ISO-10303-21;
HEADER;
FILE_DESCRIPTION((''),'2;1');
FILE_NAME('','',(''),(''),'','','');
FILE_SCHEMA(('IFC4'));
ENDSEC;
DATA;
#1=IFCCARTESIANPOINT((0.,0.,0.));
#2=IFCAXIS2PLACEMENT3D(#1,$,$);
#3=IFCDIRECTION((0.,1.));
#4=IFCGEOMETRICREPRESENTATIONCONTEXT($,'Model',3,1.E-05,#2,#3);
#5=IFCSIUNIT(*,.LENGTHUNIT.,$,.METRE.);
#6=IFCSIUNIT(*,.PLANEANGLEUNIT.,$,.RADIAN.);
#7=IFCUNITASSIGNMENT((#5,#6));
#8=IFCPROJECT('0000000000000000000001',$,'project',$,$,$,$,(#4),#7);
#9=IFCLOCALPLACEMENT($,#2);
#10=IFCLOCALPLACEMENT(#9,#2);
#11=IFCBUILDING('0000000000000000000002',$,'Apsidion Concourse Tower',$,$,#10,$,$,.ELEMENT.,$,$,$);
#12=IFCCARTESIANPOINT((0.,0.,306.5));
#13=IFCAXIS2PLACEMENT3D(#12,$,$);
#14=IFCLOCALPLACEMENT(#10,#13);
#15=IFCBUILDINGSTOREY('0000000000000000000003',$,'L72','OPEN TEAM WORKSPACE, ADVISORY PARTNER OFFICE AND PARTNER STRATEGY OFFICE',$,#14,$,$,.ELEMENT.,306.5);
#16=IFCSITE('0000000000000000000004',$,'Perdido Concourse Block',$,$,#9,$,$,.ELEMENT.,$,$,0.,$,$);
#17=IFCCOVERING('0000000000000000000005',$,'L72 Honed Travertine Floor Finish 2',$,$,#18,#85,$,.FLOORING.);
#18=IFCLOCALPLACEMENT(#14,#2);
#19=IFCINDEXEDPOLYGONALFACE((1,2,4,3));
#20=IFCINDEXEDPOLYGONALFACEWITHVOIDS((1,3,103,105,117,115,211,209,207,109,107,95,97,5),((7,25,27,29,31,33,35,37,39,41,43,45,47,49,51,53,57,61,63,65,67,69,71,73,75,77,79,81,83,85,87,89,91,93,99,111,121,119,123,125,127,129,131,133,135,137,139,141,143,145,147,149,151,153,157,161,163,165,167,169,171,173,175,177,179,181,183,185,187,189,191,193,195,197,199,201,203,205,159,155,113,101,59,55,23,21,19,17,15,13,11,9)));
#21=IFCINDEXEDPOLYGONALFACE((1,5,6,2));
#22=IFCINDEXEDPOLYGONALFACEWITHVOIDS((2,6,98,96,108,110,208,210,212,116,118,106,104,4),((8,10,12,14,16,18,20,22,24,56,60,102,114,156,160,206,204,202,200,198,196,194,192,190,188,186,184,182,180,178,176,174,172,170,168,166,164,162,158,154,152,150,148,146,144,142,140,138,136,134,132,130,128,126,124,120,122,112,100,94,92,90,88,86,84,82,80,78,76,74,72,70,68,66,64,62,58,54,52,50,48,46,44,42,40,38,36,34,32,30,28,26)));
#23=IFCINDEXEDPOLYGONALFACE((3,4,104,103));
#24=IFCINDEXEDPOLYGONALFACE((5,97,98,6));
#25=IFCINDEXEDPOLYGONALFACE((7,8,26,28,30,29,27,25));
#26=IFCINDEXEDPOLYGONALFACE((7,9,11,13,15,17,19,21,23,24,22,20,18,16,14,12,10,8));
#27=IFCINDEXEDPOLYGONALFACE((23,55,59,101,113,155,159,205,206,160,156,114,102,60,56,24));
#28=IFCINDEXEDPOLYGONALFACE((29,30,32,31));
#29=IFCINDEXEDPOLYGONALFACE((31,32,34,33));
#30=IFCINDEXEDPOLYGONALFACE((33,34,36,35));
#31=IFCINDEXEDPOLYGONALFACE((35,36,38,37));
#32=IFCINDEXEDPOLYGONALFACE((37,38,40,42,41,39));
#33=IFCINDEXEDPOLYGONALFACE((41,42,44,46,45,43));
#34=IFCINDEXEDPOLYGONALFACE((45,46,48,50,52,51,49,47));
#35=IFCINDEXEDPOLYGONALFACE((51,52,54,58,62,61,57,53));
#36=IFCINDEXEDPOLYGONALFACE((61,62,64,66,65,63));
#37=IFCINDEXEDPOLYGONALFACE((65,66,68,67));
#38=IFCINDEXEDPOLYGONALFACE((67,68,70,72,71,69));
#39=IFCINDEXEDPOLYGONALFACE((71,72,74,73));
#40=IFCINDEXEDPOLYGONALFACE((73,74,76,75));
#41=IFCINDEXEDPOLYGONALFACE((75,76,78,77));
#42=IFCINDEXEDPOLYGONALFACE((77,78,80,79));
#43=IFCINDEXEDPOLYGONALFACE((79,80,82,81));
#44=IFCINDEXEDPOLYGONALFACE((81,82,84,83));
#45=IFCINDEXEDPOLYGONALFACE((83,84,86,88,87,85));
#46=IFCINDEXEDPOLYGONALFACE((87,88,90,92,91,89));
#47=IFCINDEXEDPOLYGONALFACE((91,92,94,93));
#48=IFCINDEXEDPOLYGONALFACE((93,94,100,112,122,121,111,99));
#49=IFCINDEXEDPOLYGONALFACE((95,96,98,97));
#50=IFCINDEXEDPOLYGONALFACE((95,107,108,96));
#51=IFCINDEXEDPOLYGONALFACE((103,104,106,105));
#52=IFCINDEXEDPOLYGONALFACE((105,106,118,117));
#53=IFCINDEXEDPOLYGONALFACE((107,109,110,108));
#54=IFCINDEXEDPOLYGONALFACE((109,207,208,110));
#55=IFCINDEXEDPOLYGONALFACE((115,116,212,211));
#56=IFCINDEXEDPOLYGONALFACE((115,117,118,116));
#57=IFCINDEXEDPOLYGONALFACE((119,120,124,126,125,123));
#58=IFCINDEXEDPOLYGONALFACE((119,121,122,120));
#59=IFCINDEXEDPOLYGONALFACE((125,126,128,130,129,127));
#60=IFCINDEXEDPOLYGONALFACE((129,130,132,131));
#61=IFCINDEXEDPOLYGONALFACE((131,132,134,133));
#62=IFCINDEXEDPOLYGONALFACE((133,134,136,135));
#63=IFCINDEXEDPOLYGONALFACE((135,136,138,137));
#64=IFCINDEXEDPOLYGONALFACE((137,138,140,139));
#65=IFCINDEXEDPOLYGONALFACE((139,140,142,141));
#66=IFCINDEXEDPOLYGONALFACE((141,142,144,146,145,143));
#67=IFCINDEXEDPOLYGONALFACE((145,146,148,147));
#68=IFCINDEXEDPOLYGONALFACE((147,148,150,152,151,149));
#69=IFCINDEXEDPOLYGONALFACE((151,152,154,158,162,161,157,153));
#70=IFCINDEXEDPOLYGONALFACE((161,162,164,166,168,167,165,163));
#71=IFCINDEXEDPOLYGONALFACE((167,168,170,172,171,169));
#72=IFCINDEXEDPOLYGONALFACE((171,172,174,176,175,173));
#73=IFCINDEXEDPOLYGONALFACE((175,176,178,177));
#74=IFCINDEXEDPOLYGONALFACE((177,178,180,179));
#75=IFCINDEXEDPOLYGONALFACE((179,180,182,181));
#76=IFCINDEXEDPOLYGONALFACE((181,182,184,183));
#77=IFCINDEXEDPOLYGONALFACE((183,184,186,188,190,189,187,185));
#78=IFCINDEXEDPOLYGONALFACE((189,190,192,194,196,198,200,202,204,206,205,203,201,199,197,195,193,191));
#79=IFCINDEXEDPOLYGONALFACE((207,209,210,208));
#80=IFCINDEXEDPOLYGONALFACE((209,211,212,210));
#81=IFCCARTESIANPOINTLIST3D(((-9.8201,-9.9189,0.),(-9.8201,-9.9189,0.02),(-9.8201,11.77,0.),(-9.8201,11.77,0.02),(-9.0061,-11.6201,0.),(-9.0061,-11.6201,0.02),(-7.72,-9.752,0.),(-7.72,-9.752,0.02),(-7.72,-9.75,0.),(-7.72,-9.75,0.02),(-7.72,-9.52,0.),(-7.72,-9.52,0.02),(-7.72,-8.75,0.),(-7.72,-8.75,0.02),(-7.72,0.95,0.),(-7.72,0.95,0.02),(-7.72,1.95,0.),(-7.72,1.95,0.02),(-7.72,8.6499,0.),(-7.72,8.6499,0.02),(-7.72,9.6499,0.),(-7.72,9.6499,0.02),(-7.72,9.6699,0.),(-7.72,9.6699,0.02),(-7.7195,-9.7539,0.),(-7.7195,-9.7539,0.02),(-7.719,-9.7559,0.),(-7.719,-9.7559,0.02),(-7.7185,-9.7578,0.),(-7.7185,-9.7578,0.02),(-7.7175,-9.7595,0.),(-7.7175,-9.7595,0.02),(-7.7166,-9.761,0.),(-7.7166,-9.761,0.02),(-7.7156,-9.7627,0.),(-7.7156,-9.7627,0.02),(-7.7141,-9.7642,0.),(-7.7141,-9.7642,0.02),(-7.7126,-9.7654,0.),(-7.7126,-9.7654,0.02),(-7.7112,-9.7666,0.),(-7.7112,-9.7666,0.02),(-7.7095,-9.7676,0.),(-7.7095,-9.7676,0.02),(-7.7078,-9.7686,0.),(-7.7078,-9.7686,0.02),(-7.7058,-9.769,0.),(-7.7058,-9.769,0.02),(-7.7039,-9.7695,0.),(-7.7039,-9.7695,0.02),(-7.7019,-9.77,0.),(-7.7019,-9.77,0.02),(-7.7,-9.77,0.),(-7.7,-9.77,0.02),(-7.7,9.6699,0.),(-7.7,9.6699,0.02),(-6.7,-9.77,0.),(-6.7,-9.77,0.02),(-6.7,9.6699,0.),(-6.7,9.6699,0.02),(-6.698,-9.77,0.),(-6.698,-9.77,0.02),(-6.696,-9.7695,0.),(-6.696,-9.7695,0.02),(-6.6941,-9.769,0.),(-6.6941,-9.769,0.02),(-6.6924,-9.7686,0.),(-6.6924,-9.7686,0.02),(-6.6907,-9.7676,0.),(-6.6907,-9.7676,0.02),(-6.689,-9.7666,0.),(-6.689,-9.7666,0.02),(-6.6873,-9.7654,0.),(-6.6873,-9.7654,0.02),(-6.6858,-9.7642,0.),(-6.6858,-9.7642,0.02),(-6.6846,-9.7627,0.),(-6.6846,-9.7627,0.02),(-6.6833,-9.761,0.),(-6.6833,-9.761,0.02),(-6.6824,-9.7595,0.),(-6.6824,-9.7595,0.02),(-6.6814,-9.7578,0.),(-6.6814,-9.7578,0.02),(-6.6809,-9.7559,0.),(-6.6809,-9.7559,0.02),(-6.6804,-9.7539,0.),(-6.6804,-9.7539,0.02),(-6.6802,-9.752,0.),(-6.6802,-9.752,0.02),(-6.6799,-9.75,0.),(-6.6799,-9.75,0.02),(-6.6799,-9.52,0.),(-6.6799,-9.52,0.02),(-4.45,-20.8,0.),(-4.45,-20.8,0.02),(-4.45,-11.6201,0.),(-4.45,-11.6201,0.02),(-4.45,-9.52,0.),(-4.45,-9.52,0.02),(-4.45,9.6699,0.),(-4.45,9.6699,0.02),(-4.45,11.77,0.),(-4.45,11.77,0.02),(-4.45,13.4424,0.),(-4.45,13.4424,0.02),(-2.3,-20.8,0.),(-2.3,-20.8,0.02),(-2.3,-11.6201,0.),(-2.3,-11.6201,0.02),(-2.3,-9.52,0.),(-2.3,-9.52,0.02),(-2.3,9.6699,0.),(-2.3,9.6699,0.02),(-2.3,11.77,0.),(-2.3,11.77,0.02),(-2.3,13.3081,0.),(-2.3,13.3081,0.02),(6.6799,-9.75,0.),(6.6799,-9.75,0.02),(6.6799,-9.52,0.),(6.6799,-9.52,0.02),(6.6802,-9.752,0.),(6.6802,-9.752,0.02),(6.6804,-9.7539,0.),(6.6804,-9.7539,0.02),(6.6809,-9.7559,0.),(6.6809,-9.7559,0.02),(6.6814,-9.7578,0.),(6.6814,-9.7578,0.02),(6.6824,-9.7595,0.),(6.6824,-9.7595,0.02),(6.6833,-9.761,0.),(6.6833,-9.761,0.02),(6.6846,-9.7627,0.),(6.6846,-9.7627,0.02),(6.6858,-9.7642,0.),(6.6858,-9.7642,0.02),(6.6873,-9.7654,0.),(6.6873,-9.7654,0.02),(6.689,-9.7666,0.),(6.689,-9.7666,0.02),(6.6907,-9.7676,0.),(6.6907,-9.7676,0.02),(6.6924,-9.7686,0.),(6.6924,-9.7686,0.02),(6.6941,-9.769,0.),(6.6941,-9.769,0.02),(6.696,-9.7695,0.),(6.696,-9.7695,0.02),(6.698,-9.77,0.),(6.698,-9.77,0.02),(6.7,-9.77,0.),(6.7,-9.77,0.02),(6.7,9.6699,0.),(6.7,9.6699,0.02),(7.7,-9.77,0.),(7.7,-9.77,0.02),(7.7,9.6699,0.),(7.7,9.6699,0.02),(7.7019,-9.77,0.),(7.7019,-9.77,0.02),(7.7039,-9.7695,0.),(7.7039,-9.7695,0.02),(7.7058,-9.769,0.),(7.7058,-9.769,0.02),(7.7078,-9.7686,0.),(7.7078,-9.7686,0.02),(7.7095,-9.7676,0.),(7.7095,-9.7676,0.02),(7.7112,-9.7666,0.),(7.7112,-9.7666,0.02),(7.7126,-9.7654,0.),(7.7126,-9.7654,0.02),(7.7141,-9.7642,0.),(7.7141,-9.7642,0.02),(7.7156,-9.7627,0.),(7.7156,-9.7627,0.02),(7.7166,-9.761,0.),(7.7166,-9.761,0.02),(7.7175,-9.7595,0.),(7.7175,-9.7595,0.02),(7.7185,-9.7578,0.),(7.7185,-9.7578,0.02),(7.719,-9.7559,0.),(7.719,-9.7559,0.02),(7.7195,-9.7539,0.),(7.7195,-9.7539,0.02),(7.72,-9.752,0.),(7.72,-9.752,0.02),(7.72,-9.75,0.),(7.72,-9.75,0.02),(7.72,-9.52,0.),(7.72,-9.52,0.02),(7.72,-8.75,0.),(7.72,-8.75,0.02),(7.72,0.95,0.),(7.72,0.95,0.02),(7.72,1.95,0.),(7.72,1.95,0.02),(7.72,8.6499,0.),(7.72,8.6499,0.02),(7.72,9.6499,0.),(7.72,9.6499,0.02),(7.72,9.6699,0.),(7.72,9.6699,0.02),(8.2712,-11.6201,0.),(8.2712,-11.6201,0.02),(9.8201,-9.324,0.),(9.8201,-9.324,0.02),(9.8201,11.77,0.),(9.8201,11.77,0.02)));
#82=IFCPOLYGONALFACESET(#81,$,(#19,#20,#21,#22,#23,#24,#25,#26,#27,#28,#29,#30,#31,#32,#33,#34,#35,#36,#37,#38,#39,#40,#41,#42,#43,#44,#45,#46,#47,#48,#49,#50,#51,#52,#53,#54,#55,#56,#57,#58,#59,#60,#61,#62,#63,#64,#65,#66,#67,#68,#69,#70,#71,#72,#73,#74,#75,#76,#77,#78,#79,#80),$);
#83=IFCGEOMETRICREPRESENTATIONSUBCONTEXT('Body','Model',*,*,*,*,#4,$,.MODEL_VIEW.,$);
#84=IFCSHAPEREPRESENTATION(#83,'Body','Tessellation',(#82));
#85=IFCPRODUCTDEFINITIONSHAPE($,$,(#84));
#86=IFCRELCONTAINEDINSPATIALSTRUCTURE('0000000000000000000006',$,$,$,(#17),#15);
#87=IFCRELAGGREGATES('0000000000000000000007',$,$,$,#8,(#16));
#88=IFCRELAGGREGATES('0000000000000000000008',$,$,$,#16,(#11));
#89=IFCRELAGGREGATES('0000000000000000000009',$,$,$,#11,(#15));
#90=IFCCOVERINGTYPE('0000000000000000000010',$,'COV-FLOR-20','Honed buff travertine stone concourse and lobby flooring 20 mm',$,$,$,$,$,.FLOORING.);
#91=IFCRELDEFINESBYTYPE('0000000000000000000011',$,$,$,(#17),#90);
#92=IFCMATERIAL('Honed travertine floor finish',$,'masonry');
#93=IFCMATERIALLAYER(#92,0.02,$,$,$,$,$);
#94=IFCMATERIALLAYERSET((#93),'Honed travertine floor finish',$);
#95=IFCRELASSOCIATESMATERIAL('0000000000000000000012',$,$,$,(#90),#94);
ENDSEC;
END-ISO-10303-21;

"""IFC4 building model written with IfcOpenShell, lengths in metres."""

from ifc_helpers import new_model, si_unit, direction, frame, origin, place, context, subcontext, project, spatial, polyline, outline, extrude, material, layer, layer_set, type_object, element, save


model = new_model("IFC4")

# Units and contexts
model_context = context("Model", 3, precision=1e-05, world=origin(), true_north=direction((0.0, 1.0)))
body_context = subcontext(model_context, "Body", "Model", "MODEL_VIEW")
ifc_project = project(units=[si_unit("LENGTHUNIT", "METRE"), si_unit("PLANEANGLEUNIT", "RADIAN")], contexts=[model_context])

# Site, building, storey
site_placement = place(None, origin())
site = spatial("IfcSite", under=ifc_project, at=site_placement, Name="Perdido Concourse Block", CompositionType="ELEMENT", RefElevation=0.0)
building_placement = place(site_placement, origin())
building = spatial("IfcBuilding", under=site, at=building_placement, Name="Apsidion Concourse Tower", CompositionType="ELEMENT")
storey_placement = place(building_placement, frame((0.0, 0.0, 306.5)))
storey = spatial("IfcBuildingStorey", under=building, at=storey_placement, Name="L72", Description="OPEN TEAM WORKSPACE, ADVISORY PARTNER OFFICE AND PARTNER STRATEGY OFFICE", CompositionType="ELEMENT", Elevation=306.5)

# Covering
ifc_material_1 = material(Name="Honed travertine floor finish", Category="masonry")
ifc_layer_1 = layer(ifc_material_1, 0.02)
ifc_layer_set_1 = layer_set([ifc_layer_1], Name="Honed travertine floor finish")
covering_type_1 = type_object("IfcCoveringType", Name="COV-FLOR-20", Description="Honed buff travertine stone concourse and lobby flooring 20 mm", PredefinedType="FLOORING", material=ifc_layer_set_1)
covering_1_placement = place(storey_placement, origin())
element("IfcCovering", 1, at=covering_1_placement, inside=storey, type_object=covering_type_1, Name="L72 Honed Travertine Floor Finish 2", PredefinedType="FLOORING", context=body_context, shape_type="SweptSolid", body=[
    extrude(outline(polyline([(-9.0061, -11.6201), (-9.8201, -9.9189), (-9.8201, 11.77), (-4.45, 11.77), (-4.45, 13.4424), (-2.3, 13.3081), (-2.3, 11.77), (9.8201, 11.77), (9.8201, -9.324), (8.2712, -11.6201), (-2.3, -11.6201), (-2.3, -20.8), (-4.45, -20.8), (-4.45, -11.6201), (-9.0061, -11.6201)]), holes=[polyline([(7.7, 9.6699), (6.7, 9.6699), (-2.3, 9.6699), (-4.45, 9.6699), (-6.7, 9.6699), (-7.7, 9.6699), (-7.72, 9.6699), (-7.72, 9.6499), (-7.72, 8.6499), (-7.72, 1.95), (-7.72, 0.95), (-7.72, -8.75), (-7.72, -9.52), (-7.72, -9.75), (-7.72, -9.752), (-7.7195, -9.7539), (-7.719, -9.7559), (-7.7185, -9.7578), (-7.7175, -9.7595), (-7.7166, -9.761), (-7.7156, -9.7627), (-7.7141, -9.7642), (-7.7126, -9.7654), (-7.7112, -9.7666), (-7.7095, -9.7676), (-7.7078, -9.7686), (-7.7058, -9.769), (-7.7039, -9.7695), (-7.7019, -9.77), (-7.7, -9.77), (-6.7, -9.77), (-6.698, -9.77), (-6.696, -9.7695), (-6.6941, -9.769), (-6.6924, -9.7686), (-6.6907, -9.7676), (-6.689, -9.7666), (-6.6873, -9.7654), (-6.6858, -9.7642), (-6.6846, -9.7627), (-6.6833, -9.761), (-6.6824, -9.7595), (-6.6814, -9.7578), (-6.6809, -9.7559), (-6.6804, -9.7539), (-6.6802, -9.752), (-6.6799, -9.75), (-6.6799, -9.52), (-4.45, -9.52), (-2.3, -9.52), (6.6799, -9.52), (6.6799, -9.75), (6.6802, -9.752), (6.6804, -9.7539), (6.6809, -9.7559), (6.6814, -9.7578), (6.6824, -9.7595), (6.6833, -9.761), (6.6846, -9.7627), (6.6858, -9.7642), (6.6873, -9.7654), (6.689, -9.7666), (6.6907, -9.7676), (6.6924, -9.7686), (6.6941, -9.769), (6.696, -9.7695), (6.698, -9.77), (6.7, -9.77), (7.7, -9.77), (7.7019, -9.77), (7.7039, -9.7695), (7.7058, -9.769), (7.7078, -9.7686), (7.7095, -9.7676), (7.7112, -9.7666), (7.7126, -9.7654), (7.7141, -9.7642), (7.7156, -9.7627), (7.7166, -9.761), (7.7175, -9.7595), (7.7185, -9.7578), (7.719, -9.7559), (7.7195, -9.7539), (7.72, -9.752), (7.72, -9.75), (7.72, -9.52), (7.72, -8.75), (7.72, 0.95), (7.72, 1.95), (7.72, 8.6499), (7.72, 9.6499), (7.72, 9.6699), (7.7, 9.6699)])]), origin(), (0.0, 0.0, 1.0), 0.02),
])

save(model, "model.ifc")
